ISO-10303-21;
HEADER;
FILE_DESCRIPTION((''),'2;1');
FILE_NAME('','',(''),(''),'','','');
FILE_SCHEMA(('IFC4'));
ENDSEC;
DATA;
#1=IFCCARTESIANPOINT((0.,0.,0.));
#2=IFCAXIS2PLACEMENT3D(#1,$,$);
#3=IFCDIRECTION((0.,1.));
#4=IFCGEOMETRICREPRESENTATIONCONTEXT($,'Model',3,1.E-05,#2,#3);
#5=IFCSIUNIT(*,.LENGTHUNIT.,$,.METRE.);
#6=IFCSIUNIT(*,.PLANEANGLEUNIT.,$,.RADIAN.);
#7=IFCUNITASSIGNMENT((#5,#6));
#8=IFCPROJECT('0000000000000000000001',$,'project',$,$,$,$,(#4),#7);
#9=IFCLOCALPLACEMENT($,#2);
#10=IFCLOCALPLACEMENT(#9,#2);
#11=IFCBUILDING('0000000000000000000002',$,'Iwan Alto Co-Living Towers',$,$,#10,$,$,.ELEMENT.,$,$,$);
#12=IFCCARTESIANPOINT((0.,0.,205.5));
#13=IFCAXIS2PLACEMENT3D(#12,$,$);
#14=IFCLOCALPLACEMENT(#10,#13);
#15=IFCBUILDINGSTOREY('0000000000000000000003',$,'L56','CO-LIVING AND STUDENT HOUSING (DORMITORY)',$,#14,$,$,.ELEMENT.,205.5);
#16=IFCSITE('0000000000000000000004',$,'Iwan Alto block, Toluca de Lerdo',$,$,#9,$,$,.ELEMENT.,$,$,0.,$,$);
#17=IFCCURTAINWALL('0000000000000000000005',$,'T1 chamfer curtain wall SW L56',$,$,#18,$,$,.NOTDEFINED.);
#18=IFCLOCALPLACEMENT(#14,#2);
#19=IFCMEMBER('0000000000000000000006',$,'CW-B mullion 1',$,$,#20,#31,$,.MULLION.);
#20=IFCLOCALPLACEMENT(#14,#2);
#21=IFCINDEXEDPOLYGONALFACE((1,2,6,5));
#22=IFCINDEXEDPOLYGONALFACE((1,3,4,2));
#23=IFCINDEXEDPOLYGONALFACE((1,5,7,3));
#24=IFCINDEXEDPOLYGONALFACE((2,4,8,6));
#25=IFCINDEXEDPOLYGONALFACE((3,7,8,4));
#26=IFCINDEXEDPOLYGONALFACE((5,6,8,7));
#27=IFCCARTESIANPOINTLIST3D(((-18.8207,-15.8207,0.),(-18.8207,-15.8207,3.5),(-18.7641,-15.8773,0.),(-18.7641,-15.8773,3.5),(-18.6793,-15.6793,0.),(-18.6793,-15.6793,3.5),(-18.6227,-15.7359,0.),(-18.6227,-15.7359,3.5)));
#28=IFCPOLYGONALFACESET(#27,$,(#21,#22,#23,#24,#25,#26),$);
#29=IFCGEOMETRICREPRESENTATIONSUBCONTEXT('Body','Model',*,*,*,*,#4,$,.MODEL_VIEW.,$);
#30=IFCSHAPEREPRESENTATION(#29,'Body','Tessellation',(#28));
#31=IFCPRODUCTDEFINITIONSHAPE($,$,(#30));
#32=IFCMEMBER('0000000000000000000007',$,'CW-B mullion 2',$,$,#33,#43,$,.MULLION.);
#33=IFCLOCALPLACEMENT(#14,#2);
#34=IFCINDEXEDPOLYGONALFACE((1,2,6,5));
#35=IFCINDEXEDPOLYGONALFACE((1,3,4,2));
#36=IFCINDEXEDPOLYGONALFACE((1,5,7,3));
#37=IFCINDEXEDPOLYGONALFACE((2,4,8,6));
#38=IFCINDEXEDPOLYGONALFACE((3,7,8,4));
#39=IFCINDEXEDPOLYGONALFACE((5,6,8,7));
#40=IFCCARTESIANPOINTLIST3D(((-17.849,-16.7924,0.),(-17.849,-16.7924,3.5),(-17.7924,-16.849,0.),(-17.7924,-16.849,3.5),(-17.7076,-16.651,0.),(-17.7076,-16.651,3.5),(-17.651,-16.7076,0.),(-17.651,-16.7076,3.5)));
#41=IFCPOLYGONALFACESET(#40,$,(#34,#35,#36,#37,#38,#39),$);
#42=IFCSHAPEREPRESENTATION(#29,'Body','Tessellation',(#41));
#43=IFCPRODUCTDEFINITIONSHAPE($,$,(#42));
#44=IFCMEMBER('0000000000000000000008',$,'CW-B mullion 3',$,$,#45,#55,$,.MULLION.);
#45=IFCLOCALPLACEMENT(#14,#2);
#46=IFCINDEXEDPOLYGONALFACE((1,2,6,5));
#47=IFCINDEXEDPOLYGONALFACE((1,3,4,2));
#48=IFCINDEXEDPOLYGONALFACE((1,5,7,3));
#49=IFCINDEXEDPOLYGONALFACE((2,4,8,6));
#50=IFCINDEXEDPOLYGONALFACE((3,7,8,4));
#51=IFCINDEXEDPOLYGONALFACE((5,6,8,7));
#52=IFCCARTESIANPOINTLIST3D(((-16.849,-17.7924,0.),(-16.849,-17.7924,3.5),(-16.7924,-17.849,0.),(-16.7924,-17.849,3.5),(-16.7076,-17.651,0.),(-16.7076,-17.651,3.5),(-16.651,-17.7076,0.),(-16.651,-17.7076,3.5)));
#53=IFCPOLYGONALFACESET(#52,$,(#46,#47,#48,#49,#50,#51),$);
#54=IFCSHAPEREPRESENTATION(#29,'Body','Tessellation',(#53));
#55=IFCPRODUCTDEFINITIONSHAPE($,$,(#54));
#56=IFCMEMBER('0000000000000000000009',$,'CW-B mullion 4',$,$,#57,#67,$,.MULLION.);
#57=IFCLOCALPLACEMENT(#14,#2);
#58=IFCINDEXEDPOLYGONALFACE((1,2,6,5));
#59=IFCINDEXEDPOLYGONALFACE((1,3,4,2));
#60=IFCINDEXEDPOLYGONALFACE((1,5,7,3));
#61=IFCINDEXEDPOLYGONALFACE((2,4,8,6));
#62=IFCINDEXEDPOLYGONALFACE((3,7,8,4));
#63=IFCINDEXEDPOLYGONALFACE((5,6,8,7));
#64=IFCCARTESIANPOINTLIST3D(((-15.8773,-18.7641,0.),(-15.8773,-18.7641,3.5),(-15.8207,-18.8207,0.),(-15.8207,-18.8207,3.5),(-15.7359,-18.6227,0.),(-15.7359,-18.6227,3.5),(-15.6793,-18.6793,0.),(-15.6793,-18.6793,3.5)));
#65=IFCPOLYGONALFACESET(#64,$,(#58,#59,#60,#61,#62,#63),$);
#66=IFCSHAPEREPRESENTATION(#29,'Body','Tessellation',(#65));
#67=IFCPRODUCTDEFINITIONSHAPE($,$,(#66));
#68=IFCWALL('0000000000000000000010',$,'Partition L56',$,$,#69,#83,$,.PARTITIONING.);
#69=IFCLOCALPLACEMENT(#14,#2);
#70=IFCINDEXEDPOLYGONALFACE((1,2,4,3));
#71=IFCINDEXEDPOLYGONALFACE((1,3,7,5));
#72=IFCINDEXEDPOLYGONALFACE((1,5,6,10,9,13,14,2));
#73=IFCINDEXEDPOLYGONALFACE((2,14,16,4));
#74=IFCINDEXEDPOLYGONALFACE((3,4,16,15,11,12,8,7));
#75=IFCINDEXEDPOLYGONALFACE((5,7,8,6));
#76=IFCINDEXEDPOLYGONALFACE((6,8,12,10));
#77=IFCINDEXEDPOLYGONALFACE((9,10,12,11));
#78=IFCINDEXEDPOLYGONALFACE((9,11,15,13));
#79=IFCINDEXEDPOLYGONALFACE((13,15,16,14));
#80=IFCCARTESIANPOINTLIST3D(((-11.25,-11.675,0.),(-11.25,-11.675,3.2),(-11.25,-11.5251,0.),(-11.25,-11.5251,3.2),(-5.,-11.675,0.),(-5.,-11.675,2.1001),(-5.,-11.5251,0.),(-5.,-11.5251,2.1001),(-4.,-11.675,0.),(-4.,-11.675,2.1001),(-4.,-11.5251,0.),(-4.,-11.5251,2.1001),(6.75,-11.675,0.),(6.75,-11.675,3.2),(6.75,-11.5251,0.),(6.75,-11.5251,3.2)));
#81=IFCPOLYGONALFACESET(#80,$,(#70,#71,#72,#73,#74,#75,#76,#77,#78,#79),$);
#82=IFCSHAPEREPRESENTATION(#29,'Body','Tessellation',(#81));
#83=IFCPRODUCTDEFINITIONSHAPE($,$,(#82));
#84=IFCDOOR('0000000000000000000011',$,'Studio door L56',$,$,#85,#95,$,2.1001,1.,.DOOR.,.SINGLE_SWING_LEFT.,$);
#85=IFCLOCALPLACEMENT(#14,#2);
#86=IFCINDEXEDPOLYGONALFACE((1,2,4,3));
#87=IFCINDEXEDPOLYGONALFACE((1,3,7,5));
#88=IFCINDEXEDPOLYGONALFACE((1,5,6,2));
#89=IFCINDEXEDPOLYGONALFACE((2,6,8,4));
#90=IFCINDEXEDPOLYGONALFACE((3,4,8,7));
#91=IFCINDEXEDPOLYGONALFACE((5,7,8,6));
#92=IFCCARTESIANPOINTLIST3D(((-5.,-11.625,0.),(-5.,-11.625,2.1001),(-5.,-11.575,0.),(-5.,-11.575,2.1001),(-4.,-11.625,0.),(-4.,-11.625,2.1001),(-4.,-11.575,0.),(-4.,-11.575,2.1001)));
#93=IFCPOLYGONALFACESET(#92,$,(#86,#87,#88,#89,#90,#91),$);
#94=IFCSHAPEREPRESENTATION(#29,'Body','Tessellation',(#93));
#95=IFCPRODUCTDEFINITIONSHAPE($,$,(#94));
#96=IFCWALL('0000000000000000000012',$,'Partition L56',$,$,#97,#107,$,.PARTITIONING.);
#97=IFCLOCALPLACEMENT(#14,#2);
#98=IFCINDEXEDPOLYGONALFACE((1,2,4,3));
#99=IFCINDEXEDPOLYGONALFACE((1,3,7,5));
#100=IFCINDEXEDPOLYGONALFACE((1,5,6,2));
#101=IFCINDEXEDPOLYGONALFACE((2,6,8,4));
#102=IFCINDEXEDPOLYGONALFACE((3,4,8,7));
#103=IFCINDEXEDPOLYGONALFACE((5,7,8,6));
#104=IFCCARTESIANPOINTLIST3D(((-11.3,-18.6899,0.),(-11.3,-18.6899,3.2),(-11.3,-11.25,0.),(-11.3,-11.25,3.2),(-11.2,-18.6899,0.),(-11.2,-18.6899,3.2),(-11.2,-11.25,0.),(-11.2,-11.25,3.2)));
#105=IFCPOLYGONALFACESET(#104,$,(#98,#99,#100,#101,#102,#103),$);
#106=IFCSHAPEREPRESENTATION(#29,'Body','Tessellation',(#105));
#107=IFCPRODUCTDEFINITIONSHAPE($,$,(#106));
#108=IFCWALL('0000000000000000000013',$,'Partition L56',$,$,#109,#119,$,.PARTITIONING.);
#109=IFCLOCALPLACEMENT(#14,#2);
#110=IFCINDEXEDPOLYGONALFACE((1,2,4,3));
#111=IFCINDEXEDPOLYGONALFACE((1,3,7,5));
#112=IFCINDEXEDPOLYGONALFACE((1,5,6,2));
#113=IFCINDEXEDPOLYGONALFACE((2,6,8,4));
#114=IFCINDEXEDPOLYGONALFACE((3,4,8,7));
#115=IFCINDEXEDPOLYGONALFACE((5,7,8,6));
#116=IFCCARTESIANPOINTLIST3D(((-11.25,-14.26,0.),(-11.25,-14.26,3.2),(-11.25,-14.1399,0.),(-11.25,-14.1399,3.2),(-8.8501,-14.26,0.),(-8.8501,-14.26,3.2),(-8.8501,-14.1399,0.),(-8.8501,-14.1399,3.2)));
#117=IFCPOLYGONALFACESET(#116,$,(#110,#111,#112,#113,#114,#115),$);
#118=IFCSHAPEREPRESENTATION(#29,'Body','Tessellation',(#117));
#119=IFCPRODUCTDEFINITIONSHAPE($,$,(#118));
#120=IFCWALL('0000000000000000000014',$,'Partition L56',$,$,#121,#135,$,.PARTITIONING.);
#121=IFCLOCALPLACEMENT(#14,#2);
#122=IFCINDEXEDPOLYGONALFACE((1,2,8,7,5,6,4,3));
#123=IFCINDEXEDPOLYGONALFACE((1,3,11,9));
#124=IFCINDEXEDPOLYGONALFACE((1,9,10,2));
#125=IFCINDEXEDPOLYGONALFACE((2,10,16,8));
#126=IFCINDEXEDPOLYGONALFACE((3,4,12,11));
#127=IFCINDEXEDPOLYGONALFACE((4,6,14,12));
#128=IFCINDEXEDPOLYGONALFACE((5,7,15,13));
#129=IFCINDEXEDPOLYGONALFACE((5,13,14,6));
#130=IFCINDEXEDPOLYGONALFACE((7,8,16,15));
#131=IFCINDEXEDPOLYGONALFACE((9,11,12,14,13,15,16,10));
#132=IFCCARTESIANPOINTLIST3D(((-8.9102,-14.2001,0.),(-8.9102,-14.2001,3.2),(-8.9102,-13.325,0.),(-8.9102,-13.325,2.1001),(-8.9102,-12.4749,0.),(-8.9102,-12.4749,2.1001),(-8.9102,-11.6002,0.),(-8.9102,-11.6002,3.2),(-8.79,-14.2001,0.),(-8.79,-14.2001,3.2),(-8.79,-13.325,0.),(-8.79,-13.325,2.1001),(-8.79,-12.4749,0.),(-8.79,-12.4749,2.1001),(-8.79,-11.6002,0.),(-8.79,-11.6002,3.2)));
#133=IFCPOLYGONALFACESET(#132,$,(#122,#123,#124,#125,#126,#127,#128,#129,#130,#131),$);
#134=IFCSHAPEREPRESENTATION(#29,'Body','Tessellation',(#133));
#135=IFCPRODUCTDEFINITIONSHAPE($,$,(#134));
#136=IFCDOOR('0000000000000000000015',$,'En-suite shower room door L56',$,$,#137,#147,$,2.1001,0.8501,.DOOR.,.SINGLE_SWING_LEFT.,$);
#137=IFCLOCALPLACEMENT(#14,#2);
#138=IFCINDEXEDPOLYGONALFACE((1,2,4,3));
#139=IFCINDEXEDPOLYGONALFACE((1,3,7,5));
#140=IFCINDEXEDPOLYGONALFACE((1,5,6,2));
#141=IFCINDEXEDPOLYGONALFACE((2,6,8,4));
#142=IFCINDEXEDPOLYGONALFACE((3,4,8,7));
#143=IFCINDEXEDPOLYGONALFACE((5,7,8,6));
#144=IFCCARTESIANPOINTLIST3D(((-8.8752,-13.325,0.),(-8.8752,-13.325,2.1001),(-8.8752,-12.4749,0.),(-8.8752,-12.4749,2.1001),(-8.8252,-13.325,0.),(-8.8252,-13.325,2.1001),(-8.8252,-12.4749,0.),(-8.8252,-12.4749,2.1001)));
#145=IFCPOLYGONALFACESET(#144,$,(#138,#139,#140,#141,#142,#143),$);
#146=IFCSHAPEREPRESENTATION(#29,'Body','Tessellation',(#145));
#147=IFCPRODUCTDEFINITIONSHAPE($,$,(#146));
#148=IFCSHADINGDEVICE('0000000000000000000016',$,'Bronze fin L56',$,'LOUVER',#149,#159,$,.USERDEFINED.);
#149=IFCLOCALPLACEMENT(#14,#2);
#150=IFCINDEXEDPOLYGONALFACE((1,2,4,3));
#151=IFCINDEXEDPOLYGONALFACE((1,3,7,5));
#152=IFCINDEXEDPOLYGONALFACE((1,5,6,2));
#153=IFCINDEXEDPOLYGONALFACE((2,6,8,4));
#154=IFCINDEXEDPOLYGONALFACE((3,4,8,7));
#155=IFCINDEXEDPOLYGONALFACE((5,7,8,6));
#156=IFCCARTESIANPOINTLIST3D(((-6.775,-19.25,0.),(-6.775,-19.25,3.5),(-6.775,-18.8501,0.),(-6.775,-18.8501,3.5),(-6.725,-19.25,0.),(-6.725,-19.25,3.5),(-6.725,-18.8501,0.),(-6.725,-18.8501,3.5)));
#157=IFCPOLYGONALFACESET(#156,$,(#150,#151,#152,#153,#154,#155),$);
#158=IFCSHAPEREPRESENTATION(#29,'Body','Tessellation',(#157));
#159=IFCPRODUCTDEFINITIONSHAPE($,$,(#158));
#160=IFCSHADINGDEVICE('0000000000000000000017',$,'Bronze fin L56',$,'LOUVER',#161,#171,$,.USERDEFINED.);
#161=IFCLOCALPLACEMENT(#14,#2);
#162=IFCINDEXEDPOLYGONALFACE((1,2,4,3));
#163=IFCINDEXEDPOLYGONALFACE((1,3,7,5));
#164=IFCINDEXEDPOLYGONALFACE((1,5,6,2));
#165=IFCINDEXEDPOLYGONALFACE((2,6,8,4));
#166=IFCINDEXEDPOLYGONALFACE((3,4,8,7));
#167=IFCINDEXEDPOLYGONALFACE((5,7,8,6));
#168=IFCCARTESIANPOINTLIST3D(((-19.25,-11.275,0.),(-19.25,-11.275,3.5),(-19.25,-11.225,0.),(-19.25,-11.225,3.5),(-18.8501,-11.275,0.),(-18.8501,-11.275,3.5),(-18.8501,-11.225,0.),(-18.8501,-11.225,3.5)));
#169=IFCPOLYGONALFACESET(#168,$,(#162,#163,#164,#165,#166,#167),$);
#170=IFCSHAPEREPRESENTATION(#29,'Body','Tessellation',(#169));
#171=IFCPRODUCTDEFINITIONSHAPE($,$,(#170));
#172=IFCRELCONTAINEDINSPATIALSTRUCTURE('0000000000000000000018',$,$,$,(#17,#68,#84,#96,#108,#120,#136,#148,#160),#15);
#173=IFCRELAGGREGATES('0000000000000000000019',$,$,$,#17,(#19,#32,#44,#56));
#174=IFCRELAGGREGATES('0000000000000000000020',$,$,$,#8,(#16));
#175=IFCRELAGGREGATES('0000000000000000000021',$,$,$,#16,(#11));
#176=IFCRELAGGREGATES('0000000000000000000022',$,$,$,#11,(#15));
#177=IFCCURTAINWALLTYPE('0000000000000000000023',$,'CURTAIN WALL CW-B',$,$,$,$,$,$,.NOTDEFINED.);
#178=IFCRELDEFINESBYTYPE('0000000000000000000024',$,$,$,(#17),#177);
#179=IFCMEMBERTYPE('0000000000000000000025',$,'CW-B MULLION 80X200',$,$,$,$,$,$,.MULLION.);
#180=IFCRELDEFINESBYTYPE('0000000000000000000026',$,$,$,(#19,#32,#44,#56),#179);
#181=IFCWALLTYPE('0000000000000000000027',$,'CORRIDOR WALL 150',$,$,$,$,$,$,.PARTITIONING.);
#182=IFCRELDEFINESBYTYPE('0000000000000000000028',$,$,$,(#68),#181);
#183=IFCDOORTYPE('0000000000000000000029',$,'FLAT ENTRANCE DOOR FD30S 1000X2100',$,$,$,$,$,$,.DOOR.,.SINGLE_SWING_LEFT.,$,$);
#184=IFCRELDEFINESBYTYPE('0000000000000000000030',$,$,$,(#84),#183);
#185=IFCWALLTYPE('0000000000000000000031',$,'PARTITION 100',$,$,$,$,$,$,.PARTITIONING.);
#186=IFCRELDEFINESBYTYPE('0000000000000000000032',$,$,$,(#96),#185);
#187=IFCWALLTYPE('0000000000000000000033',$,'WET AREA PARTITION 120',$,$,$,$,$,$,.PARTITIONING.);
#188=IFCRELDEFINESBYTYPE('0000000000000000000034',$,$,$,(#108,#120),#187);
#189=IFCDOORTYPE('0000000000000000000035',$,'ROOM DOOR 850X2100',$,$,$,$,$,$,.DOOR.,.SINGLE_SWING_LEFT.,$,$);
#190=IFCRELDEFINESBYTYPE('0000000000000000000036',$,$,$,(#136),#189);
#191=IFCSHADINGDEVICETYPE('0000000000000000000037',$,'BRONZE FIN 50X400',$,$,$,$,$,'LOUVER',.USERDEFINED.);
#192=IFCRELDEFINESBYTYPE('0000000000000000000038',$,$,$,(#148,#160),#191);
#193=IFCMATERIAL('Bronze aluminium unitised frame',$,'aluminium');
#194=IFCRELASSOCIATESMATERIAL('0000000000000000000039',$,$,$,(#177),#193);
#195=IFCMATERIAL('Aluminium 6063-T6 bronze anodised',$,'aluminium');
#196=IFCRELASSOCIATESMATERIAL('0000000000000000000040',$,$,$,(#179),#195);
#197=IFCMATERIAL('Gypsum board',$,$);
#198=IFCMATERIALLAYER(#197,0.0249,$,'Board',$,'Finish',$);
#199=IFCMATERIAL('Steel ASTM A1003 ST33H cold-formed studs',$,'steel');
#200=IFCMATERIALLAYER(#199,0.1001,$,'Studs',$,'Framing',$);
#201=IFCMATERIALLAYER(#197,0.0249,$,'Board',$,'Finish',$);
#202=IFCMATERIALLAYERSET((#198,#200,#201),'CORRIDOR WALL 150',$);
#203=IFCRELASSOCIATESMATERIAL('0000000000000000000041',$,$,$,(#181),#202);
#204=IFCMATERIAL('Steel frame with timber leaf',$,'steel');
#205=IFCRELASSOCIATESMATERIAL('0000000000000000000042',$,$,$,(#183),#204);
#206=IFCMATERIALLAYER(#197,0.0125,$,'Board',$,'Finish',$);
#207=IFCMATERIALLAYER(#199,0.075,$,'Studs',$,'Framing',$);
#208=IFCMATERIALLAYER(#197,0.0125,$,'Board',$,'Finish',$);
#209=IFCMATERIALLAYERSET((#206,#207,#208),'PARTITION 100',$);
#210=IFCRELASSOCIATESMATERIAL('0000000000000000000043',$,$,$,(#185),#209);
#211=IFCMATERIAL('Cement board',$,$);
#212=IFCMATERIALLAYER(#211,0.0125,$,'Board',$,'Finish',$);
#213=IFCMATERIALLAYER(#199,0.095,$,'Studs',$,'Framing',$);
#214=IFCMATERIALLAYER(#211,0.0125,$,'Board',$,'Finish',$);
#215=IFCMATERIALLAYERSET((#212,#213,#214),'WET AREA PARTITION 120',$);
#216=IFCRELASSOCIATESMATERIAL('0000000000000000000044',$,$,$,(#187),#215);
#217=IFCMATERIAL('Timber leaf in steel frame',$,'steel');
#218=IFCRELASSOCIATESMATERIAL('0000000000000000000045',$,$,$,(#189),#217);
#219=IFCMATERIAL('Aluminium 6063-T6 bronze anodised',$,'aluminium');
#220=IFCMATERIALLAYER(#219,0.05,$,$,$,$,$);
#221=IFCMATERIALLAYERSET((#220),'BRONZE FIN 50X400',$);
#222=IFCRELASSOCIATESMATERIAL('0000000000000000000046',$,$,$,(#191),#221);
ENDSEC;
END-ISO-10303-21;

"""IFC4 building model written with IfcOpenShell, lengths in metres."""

from ifc_helpers import new_model, si_unit, direction, frame, frame_2d, origin, origin_2d, place, context, subcontext, project, spatial, rectangle, extrude, material, layer, layer_set, material_profile, profile_set, type_object, element, fill, aggregate, save


model = new_model("IFC4")

# Units and contexts
model_context = context("Model", 3, precision=1e-05, world=origin(), true_north=direction((0.0, 1.0)))
body_context = subcontext(model_context, "Body", "Model", "MODEL_VIEW")
ifc_project = project(units=[si_unit("LENGTHUNIT", "METRE"), si_unit("PLANEANGLEUNIT", "RADIAN")], contexts=[model_context])

# Site, building, storey
site_placement = place(None, origin())
site = spatial("IfcSite", under=ifc_project, at=site_placement, Name="Iwan Alto block, Toluca de Lerdo", CompositionType="ELEMENT", RefElevation=0.0)
building_placement = place(site_placement, origin())
building = spatial("IfcBuilding", under=site, at=building_placement, Name="Iwan Alto Co-Living Towers", CompositionType="ELEMENT")
storey_placement = place(building_placement, frame((0.0, 0.0, 205.5)))
storey = spatial("IfcBuildingStorey", under=building, at=storey_placement, Name="L56", Description="CO-LIVING AND STUDENT HOUSING (DORMITORY)", CompositionType="ELEMENT", Elevation=205.5)

# Curtain wall, members
ifc_material_1 = material(Name="Bronze aluminium unitised frame", Category="aluminium")
curtain_wall_type = type_object("IfcCurtainWallType", Name="CURTAIN WALL CW-B", PredefinedType="NOTDEFINED", material=ifc_material_1)
curtain_wall_placement = place(storey_placement, origin())
curtain_wall = element("IfcCurtainWall", 1, at=curtain_wall_placement, inside=storey, type_object=curtain_wall_type, Name="T1 chamfer curtain wall SW L56", PredefinedType="NOTDEFINED")
ifc_material_2 = material(Name="Aluminium 6063-T6 bronze anodised", Category="aluminium")
ifc_material_profile = material_profile(ifc_material_2, rectangle(XDim=0.2, YDim=0.0801, at=origin_2d()), Name="AL 80X200")
ifc_profile_set = profile_set([ifc_material_profile], Name="Aluminium 6063-T6 bronze anodised")
member_type = type_object("IfcMemberType", Name="CW-B MULLION 80X200", PredefinedType="MULLION", material=ifc_profile_set)
member_1_placement = place(storey_placement, frame((-18.7217, -15.7783, 0.0), z_axis=(0.0, 0.0, 1.0), x_axis=(0.707107, 0.707107, 0.0)))
member_1 = element("IfcMember", 2, at=member_1_placement, type_object=member_type, Name="CW-B mullion 1", PredefinedType="MULLION", context=body_context, shape_type="SweptSolid", body=[
    extrude(rectangle(XDim=0.2, YDim=0.0801, at=origin_2d()), origin(), (0.0, 0.0, 1.0), 3.5),
])
member_2_placement = place(storey_placement, frame((-17.75, -16.75, 0.0), z_axis=(0.0, 0.0, 1.0), x_axis=(0.707107, 0.707107, 0.0)))
member_2 = element("IfcMember", 3, at=member_2_placement, type_object=member_type, Name="CW-B mullion 2", PredefinedType="MULLION", context=body_context, shape_type="SweptSolid", body=[
    extrude(rectangle(XDim=0.2, YDim=0.0801, at=origin_2d()), origin(), (0.0, 0.0, 1.0), 3.5),
])
member_3_placement = place(storey_placement, frame((-16.75, -17.75, 0.0), z_axis=(0.0, 0.0, 1.0), x_axis=(0.707107, 0.707107, 0.0)))
member_3 = element("IfcMember", 4, at=member_3_placement, type_object=member_type, Name="CW-B mullion 3", PredefinedType="MULLION", context=body_context, shape_type="SweptSolid", body=[
    extrude(rectangle(XDim=0.2, YDim=0.0801, at=origin_2d()), origin(), (0.0, 0.0, 1.0), 3.5),
])
member_4_placement = place(storey_placement, frame((-15.7783, -18.7217, 0.0), z_axis=(0.0, 0.0, 1.0), x_axis=(0.707107, 0.707107, 0.0)))
member_4 = element("IfcMember", 5, at=member_4_placement, type_object=member_type, Name="CW-B mullion 4", PredefinedType="MULLION", context=body_context, shape_type="SweptSolid", body=[
    extrude(rectangle(XDim=0.2, YDim=0.0801, at=origin_2d()), origin(), (0.0, 0.0, 1.0), 3.5),
])
aggregate(curtain_wall, [member_1, member_2, member_3, member_4])

# Wall, opening, door
ifc_material_3 = material(Name="Gypsum board")
ifc_layer_1 = layer(ifc_material_3, 0.0249, Name="Board", Category="Finish")
ifc_material_4 = material(Name="Steel ASTM A1003 ST33H cold-formed studs", Category="steel")
ifc_layer_2 = layer(ifc_material_4, 0.1001, Name="Studs", Category="Framing")
ifc_layer_3 = layer(ifc_material_3, 0.0249, Name="Board", Category="Finish")
ifc_layer_set_1 = layer_set([ifc_layer_1, ifc_layer_2, ifc_layer_3], Name="CORRIDOR WALL 150")
wall_type_1 = type_object("IfcWallType", Name="CORRIDOR WALL 150", PredefinedType="PARTITIONING", material=ifc_layer_set_1)
wall_1_placement = place(storey_placement, frame((-11.25, -11.6001, 0.0), z_axis=(0.0, 0.0, 1.0), x_axis=(1.0, 0.0, 0.0)))
wall_1 = element("IfcWall", 6, at=wall_1_placement, inside=storey, type_object=wall_type_1, Name="Partition L56", PredefinedType="PARTITIONING", context=body_context, shape_type="SweptSolid", body=[
    extrude(rectangle(XDim=18.0, YDim=0.1499, at=frame_2d((9.0, 0.0))), origin(), (0.0, 0.0, 1.0), 3.2),
])
opening_1_placement = place(wall_1_placement, frame((6.25, 0.0, 0.0)))
opening_1 = element("IfcOpeningElement", 7, at=opening_1_placement, cuts=wall_1, PredefinedType="OPENING", context=body_context, shape_type="SweptSolid", body=[
    extrude(rectangle(XDim=1.0, YDim=2.1001, at=frame_2d((0.5, 1.05))), frame((0.0, 0.085, 0.0), z_axis=(0.0, -1.0, 0.0), x_axis=(1.0, 0.0, 0.0)), (0.0, 0.0, 1.0), 0.1699),
])
ifc_material_5 = material(Name="Steel frame with timber leaf", Category="steel")
door_type_1 = type_object("IfcDoorType", Name="FLAT ENTRANCE DOOR FD30S 1000X2100", OperationType="SINGLE_SWING_LEFT", PredefinedType="DOOR", material=ifc_material_5)
door_1_placement = place(opening_1_placement, frame((1.0, 0.0, 0.0), z_axis=(0.0, 0.0, 1.0), x_axis=(-1.0, 0.0, 0.0)))
door_1 = element("IfcDoor", 8, at=door_1_placement, inside=storey, type_object=door_type_1, Name="Studio door L56", OperationType="SINGLE_SWING_LEFT", OverallHeight=2.1001, OverallWidth=1.0, PredefinedType="DOOR", context=body_context, shape_type="SweptSolid", body=[
    extrude(rectangle(XDim=1.0, YDim=2.1001, at=frame_2d((0.5, 1.05))), frame((0.0, 0.0249, 0.0), z_axis=(0.0, -1.0, 0.0), x_axis=(1.0, 0.0, 0.0)), (0.0, 0.0, 1.0), 0.05),
])
fill(opening_1, door_1)

# Walls
ifc_layer_4 = layer(ifc_material_3, 0.0125, Name="Board", Category="Finish")
ifc_layer_5 = layer(ifc_material_4, 0.075, Name="Studs", Category="Framing")
ifc_layer_6 = layer(ifc_material_3, 0.0125, Name="Board", Category="Finish")
ifc_layer_set_2 = layer_set([ifc_layer_4, ifc_layer_5, ifc_layer_6], Name="PARTITION 100")
wall_type_2 = type_object("IfcWallType", Name="PARTITION 100", PredefinedType="PARTITIONING", material=ifc_layer_set_2)
wall_2_placement = place(storey_placement, frame((-11.25, -18.6899, 0.0), z_axis=(0.0, 0.0, 1.0), x_axis=(0.0, 1.0, 0.0)))
element("IfcWall", 9, at=wall_2_placement, inside=storey, type_object=wall_type_2, Name="Partition L56", PredefinedType="PARTITIONING", context=body_context, shape_type="SweptSolid", body=[
    extrude(rectangle(XDim=7.4399, YDim=0.1001, at=frame_2d((3.72, 0.0))), origin(), (0.0, 0.0, 1.0), 3.2),
])
ifc_material_6 = material(Name="Cement board")
ifc_layer_7 = layer(ifc_material_6, 0.0125, Name="Board", Category="Finish")
ifc_layer_8 = layer(ifc_material_4, 0.095, Name="Studs", Category="Framing")
ifc_layer_9 = layer(ifc_material_6, 0.0125, Name="Board", Category="Finish")
ifc_layer_set_3 = layer_set([ifc_layer_7, ifc_layer_8, ifc_layer_9], Name="WET AREA PARTITION 120")
wall_type_3 = type_object("IfcWallType", Name="WET AREA PARTITION 120", PredefinedType="PARTITIONING", material=ifc_layer_set_3)
wall_3_placement = place(storey_placement, frame((-11.25, -14.2, 0.0), z_axis=(0.0, 0.0, 1.0), x_axis=(1.0, 0.0, 0.0)))
element("IfcWall", 10, at=wall_3_placement, inside=storey, type_object=wall_type_3, Name="Partition L56", PredefinedType="PARTITIONING", context=body_context, shape_type="SweptSolid", body=[
    extrude(rectangle(XDim=2.3999, YDim=0.1201, at=frame_2d((1.2, 0.0))), origin(), (0.0, 0.0, 1.0), 3.2),
])

# Wall, opening, door
wall_4_placement = place(storey_placement, frame((-8.8501, -14.2, 0.0), z_axis=(0.0, 0.0, 1.0), x_axis=(0.0, 1.0, 0.0)))
wall_4 = element("IfcWall", 11, at=wall_4_placement, inside=storey, type_object=wall_type_3, Name="Partition L56", PredefinedType="PARTITIONING", context=body_context, shape_type="SweptSolid", body=[
    extrude(rectangle(XDim=2.5999, YDim=0.1201, at=frame_2d((1.2998, 0.0))), origin(), (0.0, 0.0, 1.0), 3.2),
])
opening_2_placement = place(wall_4_placement, frame((0.875, 0.0, 0.0)))
opening_2 = element("IfcOpeningElement", 12, at=opening_2_placement, cuts=wall_4, PredefinedType="OPENING", context=body_context, shape_type="SweptSolid", body=[
    extrude(rectangle(XDim=0.8501, YDim=2.1001, at=frame_2d((0.425, 1.05))), frame((0.0, 0.0701, 0.0), z_axis=(0.0, -1.0, 0.0), x_axis=(1.0, 0.0, 0.0)), (0.0, 0.0, 1.0), 0.1401),
])
ifc_material_7 = material(Name="Timber leaf in steel frame", Category="steel")
door_type_2 = type_object("IfcDoorType", Name="ROOM DOOR 850X2100", OperationType="SINGLE_SWING_LEFT", PredefinedType="DOOR", material=ifc_material_7)
door_2_placement = place(opening_2_placement, frame((0.8501, 0.0, 0.0), z_axis=(0.0, 0.0, 1.0), x_axis=(-1.0, 0.0, 0.0)))
door_2 = element("IfcDoor", 13, at=door_2_placement, inside=storey, type_object=door_type_2, Name="En-suite shower room door L56", OperationType="SINGLE_SWING_LEFT", OverallHeight=2.1001, OverallWidth=0.8501, PredefinedType="DOOR", context=body_context, shape_type="SweptSolid", body=[
    extrude(rectangle(XDim=0.8501, YDim=2.1001, at=frame_2d((0.425, 1.05))), frame((0.0, 0.0249, 0.0), z_axis=(0.0, -1.0, 0.0), x_axis=(1.0, 0.0, 0.0)), (0.0, 0.0, 1.0), 0.05),
])
fill(opening_2, door_2)

# Shading devices
ifc_material_8 = material(Name="Aluminium 6063-T6 bronze anodised", Category="aluminium")
ifc_layer_10 = layer(ifc_material_8, 0.05)
ifc_layer_set_4 = layer_set([ifc_layer_10], Name="BRONZE FIN 50X400")
shading_device_type = type_object("IfcShadingDeviceType", Name="BRONZE FIN 50X400", ElementType="LOUVER", PredefinedType="USERDEFINED", material=ifc_layer_set_4)
for number, where, z_axis, x_axis, name in (
    (14, (-6.75, -19.05, 0.0), (0.0, 0.0, 1.0), (1.0, 0.0, 0.0), "Bronze fin L56"),
    (15, (-19.05, -11.25, 0.0), (0.0, 0.0, 1.0), (0.0, -1.0, 0.0), "Bronze fin L56"),
):
    element("IfcShadingDevice", number, at=place(storey_placement, frame(where, z_axis=z_axis, x_axis=x_axis)), inside=storey, type_object=shading_device_type, Name=name, ObjectType="LOUVER", PredefinedType="USERDEFINED", context=body_context, shape_type="SweptSolid", body=[
        extrude(rectangle(XDim=0.05, YDim=0.3999, at=origin_2d()), origin(), (0.0, 0.0, 1.0), 3.5),
    ])

save(model, "model.ifc")
